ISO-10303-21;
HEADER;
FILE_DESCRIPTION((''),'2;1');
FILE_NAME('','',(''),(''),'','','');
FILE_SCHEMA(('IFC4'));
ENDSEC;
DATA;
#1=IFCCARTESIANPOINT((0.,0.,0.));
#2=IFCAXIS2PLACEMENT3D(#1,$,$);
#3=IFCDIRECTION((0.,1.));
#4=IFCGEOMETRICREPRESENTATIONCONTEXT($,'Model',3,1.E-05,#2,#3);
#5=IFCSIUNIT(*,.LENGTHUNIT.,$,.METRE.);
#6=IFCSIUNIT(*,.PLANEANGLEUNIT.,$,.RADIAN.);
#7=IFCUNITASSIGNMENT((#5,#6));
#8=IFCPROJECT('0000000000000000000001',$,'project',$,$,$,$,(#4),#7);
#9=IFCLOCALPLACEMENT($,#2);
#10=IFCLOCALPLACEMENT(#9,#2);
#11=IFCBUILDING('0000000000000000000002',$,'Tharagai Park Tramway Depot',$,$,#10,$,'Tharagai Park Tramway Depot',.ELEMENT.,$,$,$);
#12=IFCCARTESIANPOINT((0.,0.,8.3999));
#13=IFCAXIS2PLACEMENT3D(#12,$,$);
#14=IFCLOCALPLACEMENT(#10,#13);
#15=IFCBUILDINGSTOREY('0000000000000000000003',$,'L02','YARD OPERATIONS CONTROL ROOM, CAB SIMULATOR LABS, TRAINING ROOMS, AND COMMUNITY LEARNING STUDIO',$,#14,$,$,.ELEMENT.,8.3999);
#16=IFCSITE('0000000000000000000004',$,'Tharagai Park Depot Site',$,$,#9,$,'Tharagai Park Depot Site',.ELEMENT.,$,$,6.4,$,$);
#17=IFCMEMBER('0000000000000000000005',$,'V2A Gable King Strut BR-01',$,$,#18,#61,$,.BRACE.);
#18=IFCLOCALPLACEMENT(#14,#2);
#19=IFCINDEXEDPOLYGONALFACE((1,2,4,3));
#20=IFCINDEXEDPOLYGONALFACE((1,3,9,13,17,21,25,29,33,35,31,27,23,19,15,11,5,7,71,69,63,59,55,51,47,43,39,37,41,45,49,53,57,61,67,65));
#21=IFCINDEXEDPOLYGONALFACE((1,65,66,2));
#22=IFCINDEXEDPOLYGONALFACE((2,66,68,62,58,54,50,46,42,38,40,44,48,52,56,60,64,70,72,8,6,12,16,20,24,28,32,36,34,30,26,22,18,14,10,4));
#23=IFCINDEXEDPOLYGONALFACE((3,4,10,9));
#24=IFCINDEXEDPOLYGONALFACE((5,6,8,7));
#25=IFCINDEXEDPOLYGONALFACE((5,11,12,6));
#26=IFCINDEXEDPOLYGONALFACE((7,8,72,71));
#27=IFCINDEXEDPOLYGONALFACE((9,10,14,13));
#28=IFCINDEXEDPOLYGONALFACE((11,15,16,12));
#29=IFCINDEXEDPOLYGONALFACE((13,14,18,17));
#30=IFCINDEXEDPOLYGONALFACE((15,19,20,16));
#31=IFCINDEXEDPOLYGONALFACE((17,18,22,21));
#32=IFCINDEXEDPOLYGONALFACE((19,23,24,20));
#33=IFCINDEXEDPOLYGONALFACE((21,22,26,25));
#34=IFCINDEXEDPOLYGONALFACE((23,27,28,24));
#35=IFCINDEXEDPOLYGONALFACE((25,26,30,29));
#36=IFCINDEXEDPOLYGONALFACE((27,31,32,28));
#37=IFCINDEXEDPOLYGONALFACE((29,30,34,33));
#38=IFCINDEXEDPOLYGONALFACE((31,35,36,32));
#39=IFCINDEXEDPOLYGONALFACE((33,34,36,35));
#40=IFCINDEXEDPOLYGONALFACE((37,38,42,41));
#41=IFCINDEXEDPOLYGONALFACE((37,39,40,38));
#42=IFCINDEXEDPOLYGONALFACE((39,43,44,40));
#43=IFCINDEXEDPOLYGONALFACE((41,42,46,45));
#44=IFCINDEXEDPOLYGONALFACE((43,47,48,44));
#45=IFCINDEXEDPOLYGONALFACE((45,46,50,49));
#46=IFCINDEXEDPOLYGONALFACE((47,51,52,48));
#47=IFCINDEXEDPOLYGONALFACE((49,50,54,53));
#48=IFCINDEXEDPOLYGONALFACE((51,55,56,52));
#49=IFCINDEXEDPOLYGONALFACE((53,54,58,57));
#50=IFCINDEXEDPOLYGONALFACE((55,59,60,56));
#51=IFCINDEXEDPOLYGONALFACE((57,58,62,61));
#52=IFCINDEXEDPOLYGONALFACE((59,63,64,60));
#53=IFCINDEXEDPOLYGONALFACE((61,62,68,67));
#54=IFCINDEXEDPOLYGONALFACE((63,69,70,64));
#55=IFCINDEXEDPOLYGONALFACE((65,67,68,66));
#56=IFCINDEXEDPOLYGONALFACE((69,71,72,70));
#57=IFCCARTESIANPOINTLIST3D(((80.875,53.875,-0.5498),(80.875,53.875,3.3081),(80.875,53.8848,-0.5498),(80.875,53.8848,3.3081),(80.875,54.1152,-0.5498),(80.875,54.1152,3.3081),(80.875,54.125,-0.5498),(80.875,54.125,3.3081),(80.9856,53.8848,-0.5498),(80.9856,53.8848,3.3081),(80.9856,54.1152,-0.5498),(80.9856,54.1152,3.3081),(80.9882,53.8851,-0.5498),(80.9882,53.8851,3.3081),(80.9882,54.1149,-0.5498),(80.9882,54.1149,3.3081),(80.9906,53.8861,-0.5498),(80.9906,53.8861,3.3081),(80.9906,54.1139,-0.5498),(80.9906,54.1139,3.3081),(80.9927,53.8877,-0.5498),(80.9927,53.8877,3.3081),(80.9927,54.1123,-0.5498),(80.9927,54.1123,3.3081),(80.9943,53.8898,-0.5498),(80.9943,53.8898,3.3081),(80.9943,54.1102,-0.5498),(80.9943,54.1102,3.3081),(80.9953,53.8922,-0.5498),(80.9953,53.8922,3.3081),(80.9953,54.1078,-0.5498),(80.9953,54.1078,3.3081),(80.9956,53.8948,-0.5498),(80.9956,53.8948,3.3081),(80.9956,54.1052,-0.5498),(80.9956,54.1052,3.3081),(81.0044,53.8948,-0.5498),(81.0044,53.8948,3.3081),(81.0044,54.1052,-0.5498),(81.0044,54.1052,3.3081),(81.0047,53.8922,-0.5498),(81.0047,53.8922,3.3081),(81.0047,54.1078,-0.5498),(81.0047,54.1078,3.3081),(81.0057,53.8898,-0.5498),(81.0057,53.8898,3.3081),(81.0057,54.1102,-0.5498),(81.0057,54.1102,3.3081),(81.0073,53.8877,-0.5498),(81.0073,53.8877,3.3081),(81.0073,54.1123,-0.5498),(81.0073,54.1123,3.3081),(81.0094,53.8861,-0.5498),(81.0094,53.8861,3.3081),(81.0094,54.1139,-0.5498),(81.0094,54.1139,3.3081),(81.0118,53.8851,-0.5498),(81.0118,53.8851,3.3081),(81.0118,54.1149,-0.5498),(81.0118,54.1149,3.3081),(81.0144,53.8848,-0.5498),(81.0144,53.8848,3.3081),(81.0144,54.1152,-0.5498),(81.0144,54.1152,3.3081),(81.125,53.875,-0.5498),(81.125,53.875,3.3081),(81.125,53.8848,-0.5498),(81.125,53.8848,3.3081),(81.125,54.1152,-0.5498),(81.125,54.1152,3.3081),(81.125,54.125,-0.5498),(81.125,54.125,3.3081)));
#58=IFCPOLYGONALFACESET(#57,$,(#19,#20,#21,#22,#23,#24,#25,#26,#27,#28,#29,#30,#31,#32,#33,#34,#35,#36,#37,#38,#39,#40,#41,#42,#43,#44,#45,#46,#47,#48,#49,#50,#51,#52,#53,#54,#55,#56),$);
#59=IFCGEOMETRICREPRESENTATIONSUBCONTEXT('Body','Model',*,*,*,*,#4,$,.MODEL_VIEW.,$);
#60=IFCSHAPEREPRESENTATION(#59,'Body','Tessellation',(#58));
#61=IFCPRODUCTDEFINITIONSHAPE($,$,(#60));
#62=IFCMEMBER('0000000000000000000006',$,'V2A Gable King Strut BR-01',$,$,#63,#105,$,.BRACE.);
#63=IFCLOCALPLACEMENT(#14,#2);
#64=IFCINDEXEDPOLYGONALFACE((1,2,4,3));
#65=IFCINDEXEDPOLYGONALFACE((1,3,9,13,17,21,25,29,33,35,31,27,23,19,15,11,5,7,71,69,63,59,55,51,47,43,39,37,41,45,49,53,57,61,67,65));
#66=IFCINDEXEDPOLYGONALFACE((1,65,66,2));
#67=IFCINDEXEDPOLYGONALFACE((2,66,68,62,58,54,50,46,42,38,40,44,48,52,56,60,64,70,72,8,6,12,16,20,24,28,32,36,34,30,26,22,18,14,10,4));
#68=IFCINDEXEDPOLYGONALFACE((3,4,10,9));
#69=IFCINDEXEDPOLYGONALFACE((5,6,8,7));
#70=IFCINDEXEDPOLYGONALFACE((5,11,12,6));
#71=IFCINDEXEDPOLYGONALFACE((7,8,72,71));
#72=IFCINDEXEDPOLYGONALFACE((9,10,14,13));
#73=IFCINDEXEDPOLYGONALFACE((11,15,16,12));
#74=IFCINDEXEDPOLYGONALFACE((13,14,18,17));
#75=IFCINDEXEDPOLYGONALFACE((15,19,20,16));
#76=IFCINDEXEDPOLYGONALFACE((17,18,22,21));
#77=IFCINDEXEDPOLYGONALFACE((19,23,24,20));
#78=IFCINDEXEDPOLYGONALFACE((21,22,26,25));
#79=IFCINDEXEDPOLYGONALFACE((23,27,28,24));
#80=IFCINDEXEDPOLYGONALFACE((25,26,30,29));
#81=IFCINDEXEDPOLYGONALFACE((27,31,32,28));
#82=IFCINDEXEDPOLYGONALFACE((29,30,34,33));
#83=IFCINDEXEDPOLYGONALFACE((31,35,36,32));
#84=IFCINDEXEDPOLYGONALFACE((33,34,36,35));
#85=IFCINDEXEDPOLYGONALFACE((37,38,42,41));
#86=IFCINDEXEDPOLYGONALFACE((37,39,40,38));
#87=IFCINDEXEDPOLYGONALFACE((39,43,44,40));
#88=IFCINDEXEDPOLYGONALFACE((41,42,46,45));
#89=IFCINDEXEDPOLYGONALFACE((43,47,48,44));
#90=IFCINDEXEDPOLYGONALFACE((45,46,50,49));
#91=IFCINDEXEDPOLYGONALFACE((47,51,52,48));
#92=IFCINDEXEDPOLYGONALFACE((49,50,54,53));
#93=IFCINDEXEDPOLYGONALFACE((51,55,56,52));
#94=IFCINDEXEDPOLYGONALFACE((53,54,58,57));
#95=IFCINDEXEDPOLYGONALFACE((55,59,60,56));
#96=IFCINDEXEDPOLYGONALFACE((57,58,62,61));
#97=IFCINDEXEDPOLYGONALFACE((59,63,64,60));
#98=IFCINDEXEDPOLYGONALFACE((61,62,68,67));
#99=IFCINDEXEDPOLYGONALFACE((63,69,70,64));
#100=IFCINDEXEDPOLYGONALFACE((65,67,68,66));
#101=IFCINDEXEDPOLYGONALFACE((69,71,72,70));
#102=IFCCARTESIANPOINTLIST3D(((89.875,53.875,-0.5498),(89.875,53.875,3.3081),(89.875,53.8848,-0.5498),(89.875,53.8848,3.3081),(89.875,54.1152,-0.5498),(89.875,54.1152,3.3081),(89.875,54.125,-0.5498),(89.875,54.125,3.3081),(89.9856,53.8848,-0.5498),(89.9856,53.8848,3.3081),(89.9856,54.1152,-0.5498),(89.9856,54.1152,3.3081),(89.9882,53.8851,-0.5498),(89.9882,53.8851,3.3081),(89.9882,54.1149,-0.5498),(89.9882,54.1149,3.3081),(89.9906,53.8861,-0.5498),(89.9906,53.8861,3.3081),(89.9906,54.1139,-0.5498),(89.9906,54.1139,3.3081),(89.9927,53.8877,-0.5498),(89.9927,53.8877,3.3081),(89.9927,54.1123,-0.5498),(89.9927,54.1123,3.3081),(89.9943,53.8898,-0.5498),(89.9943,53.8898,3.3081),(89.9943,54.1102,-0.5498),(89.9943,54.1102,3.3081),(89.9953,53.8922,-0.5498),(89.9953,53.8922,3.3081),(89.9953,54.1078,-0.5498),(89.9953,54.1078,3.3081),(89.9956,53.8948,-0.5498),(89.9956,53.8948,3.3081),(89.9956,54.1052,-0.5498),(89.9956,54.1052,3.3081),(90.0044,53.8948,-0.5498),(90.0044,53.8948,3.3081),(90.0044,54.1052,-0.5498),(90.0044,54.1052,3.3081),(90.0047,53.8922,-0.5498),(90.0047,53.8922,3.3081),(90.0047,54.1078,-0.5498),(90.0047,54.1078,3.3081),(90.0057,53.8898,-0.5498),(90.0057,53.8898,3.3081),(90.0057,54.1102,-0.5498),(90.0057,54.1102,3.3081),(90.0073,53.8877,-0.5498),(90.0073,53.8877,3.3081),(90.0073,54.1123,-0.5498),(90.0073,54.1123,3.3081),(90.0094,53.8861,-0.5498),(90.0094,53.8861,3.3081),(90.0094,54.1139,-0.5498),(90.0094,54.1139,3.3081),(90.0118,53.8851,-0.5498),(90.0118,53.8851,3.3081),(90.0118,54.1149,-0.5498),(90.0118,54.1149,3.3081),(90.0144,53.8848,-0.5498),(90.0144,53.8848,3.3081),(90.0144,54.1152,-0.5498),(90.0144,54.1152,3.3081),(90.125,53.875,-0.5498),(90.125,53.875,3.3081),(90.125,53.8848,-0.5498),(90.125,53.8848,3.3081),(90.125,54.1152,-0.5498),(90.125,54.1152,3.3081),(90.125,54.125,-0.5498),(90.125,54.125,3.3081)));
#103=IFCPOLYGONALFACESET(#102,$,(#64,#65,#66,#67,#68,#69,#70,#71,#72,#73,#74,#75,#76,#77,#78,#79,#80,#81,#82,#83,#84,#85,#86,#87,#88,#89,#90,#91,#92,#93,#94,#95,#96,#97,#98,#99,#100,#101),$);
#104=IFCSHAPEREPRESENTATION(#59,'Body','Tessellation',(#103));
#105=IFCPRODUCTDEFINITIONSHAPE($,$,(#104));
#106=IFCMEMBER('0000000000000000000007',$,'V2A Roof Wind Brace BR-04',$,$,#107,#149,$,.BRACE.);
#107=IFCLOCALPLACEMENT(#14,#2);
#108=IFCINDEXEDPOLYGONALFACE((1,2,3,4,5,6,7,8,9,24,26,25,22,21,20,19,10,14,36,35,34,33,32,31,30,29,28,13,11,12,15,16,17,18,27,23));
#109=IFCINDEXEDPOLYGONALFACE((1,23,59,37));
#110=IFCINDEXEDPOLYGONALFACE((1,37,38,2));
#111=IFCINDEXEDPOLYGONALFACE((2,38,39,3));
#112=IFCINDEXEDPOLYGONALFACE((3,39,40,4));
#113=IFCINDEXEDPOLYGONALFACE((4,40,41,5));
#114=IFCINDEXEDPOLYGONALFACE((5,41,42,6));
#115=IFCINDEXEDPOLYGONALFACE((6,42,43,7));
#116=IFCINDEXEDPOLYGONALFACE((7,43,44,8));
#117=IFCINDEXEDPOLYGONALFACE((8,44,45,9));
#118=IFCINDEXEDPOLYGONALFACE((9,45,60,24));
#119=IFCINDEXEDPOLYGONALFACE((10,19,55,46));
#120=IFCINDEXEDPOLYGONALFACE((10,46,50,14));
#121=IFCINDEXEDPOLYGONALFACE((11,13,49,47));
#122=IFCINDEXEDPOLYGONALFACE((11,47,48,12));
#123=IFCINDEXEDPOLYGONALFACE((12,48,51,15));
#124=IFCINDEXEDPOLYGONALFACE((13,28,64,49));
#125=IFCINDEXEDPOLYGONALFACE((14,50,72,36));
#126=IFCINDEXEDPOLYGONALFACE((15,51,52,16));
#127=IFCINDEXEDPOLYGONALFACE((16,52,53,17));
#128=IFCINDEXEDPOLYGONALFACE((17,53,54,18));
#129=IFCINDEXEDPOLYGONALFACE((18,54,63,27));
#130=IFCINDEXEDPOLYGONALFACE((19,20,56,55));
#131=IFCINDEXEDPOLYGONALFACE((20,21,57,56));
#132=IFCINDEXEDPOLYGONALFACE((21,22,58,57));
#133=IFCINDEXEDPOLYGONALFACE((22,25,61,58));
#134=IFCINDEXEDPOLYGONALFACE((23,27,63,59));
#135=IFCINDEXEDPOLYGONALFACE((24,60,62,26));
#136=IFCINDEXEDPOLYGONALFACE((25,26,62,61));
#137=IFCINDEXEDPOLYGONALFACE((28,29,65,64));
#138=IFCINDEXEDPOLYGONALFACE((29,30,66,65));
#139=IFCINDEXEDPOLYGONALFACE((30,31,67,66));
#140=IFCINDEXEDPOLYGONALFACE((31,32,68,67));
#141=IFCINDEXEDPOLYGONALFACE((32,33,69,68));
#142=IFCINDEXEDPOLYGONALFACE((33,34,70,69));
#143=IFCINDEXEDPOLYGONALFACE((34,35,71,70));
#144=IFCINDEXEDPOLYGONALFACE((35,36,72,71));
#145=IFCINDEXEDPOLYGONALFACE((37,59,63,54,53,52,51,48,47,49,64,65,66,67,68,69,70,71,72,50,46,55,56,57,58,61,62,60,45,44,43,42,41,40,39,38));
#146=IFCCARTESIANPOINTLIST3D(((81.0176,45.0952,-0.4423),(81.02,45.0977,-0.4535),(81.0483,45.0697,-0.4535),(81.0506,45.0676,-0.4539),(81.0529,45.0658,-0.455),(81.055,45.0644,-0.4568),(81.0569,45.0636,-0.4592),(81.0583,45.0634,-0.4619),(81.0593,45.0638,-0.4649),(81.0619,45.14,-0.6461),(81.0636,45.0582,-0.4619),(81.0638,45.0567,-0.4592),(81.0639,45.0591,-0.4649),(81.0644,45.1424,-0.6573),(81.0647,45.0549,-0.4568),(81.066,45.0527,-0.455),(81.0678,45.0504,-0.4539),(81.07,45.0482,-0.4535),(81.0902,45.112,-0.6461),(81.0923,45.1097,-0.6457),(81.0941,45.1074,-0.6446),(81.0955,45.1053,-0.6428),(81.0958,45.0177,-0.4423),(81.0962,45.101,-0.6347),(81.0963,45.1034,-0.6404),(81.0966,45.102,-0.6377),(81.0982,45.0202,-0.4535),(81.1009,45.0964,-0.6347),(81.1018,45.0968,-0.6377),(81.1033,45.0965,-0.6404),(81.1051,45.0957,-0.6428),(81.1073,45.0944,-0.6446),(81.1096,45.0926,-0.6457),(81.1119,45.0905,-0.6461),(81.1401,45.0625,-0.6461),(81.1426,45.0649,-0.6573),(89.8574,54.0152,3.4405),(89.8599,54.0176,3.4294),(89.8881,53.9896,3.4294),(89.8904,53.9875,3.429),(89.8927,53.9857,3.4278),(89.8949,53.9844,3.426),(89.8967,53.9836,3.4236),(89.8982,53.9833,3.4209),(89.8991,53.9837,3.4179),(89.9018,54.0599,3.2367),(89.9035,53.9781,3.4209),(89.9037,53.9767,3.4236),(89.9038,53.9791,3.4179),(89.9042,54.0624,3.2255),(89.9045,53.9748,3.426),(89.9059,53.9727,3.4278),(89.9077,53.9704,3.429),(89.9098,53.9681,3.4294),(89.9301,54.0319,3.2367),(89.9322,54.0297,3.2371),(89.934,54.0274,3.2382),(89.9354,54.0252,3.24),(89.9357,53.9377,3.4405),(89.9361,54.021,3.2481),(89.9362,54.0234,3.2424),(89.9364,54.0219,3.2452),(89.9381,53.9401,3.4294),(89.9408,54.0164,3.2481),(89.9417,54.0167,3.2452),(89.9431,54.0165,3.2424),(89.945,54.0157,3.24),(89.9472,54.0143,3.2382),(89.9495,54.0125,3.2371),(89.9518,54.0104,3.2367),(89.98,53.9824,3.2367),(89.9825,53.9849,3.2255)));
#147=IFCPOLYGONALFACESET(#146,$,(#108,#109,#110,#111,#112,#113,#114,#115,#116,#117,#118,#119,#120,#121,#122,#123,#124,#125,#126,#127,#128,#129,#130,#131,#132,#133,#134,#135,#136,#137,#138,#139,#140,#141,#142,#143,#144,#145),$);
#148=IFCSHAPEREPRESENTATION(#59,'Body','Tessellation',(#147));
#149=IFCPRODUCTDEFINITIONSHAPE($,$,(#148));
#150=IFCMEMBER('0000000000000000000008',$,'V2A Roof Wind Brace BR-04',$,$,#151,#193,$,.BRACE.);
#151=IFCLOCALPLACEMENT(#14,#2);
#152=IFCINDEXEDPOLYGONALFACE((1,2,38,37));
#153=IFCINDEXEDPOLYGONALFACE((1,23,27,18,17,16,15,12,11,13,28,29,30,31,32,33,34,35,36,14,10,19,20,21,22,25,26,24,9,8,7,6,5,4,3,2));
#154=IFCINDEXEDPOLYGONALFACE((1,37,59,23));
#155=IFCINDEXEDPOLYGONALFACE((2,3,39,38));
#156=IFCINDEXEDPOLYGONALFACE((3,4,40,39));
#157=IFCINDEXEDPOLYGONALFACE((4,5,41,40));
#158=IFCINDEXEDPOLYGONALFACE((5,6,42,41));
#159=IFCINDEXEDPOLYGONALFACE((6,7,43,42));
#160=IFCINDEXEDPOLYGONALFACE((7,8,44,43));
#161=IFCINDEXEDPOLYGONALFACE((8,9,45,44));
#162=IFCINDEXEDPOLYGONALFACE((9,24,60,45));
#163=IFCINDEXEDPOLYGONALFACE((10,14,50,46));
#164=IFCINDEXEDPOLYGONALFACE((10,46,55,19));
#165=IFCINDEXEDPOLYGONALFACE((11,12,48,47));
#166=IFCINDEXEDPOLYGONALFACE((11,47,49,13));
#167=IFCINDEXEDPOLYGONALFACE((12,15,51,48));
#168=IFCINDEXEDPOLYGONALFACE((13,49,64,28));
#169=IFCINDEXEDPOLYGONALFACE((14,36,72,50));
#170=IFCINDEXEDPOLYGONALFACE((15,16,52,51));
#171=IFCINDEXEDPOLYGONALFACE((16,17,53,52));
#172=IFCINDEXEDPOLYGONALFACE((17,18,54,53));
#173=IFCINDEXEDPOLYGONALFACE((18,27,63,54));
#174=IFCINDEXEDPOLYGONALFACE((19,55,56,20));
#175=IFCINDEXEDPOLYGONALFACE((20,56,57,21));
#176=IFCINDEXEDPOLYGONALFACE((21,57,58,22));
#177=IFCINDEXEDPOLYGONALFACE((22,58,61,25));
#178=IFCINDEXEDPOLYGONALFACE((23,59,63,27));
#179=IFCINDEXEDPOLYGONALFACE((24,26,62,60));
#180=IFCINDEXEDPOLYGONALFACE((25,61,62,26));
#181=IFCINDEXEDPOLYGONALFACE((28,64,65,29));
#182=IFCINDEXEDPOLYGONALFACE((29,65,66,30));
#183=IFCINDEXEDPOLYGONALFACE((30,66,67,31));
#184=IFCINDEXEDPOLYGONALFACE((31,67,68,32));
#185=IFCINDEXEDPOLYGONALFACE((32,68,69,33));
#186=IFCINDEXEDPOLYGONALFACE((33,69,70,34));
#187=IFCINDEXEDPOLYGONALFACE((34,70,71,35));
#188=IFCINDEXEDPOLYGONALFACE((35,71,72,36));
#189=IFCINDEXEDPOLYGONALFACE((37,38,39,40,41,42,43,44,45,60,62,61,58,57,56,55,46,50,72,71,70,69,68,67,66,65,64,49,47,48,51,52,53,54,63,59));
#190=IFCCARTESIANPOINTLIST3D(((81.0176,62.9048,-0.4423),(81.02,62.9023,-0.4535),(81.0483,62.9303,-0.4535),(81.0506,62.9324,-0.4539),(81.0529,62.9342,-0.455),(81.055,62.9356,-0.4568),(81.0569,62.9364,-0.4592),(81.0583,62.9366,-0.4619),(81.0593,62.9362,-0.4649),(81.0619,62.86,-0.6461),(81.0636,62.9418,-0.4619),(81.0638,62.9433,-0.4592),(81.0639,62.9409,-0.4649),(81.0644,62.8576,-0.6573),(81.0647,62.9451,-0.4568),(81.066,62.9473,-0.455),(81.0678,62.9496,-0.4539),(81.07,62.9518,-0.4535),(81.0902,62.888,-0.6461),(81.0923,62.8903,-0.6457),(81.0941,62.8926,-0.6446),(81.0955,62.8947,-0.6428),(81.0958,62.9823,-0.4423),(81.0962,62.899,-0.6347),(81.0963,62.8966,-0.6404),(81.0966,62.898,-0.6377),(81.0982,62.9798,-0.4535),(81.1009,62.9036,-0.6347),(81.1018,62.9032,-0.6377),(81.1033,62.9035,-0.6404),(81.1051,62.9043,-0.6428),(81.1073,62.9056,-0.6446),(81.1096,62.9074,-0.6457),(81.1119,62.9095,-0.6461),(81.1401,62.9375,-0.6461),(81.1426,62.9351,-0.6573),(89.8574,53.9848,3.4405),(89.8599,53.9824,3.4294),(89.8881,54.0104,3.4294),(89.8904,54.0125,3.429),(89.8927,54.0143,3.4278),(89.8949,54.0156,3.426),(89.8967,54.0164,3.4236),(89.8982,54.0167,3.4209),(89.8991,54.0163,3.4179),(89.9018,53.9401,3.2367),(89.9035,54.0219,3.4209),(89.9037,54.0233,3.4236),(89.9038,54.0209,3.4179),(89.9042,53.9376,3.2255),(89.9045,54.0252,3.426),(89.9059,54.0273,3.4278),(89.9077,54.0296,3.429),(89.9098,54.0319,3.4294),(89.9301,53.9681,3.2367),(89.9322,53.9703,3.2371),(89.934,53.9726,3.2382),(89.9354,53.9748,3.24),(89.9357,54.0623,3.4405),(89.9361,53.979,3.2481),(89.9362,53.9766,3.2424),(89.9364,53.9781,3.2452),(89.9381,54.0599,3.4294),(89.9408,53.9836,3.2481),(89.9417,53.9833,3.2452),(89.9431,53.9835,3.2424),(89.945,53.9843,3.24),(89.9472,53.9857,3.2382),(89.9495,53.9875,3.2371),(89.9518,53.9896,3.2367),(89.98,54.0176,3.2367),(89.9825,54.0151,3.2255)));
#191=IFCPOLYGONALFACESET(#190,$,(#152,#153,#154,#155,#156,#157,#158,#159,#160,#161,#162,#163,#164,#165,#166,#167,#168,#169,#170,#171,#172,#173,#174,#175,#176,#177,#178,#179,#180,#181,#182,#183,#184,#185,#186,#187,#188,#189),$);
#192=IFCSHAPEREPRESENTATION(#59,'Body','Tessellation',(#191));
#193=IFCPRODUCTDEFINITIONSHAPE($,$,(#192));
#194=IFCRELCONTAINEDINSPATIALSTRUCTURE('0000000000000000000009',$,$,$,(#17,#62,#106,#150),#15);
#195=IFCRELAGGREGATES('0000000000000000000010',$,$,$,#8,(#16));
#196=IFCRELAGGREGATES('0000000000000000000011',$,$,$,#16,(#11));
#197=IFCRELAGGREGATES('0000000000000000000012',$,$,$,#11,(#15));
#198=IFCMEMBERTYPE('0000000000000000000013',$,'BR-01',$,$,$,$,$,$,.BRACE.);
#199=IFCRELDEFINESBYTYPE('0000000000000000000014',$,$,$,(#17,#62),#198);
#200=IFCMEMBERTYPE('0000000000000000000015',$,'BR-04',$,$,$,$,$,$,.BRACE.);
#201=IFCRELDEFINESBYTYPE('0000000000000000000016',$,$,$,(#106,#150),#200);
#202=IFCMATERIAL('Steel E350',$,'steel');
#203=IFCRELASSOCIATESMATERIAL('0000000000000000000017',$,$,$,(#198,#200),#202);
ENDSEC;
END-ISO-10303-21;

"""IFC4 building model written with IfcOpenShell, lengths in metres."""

from ifc_helpers import new_model, si_unit, direction, frame, origin, origin_2d, place, context, subcontext, project, spatial, i_section, extrude, material, material_profile, profile_set, type_object, element, save


model = new_model("IFC4")

# Units and contexts
model_context = context("Model", 3, precision=1e-05, world=origin(), true_north=direction((0.0, 1.0)))
body_context = subcontext(model_context, "Body", "Model", "MODEL_VIEW")
ifc_project = project(units=[si_unit("LENGTHUNIT", "METRE"), si_unit("PLANEANGLEUNIT", "RADIAN")], contexts=[model_context])

# Site, building, storey
site_placement = place(None, origin())
site = spatial("IfcSite", under=ifc_project, at=site_placement, Name="Tharagai Park Depot Site", LongName="Tharagai Park Depot Site", CompositionType="ELEMENT", RefElevation=6.4)
building_placement = place(site_placement, origin())
building = spatial("IfcBuilding", under=site, at=building_placement, Name="Tharagai Park Tramway Depot", LongName="Tharagai Park Tramway Depot", CompositionType="ELEMENT")
storey_placement = place(building_placement, frame((0.0, 0.0, 8.3999)))
storey = spatial("IfcBuildingStorey", under=building, at=storey_placement, Name="L02", Description="YARD OPERATIONS CONTROL ROOM, CAB SIMULATOR LABS, TRAINING ROOMS, AND COMMUNITY LEARNING STUDIO", CompositionType="ELEMENT", Elevation=8.3999)

# Shared definitions
ifc_material_1 = material(Name="Steel E350", Category="steel")

# Members
ifc_material_profile_1 = material_profile(ifc_material_1, i_section(OverallWidth=0.25, OverallDepth=0.25, WebThickness=0.0088, FlangeThickness=0.0098, FilletRadius=0.01, at=origin_2d()), Name="ISHB 250")
ifc_profile_set_1 = profile_set([ifc_material_profile_1], Name="Steel E350")
member_type_1 = type_object("IfcMemberType", Name="BR-01", PredefinedType="BRACE", material=ifc_profile_set_1)
for number, where, z_axis, x_axis, name in (
    (1, (81.0, 54.0, -0.5498), (0.0, 0.0, 1.0), (1.0, 0.0, 0.0), "V2A Gable King Strut BR-01"),
    (2, (90.0, 54.0, -0.5498), (0.0, 0.0, 1.0), (1.0, 0.0, 0.0), "V2A Gable King Strut BR-01"),
):
    element("IfcMember", number, at=place(storey_placement, frame(where, z_axis=z_axis, x_axis=x_axis)), inside=storey, type_object=member_type_1, Name=name, PredefinedType="BRACE", context=body_context, shape_type="SweptSolid", body=[
        extrude(i_section(OverallWidth=0.25, OverallDepth=0.25, WebThickness=0.0088, FlangeThickness=0.0098, FilletRadius=0.01, at=origin_2d()), origin(), (0.0, 0.0, 1.0), 3.8579),
    ])
ifc_material_profile_2 = material_profile(ifc_material_1, i_section(OverallWidth=0.1101, OverallDepth=0.2251, WebThickness=0.0066, FlangeThickness=0.0117, FilletRadius=0.012, at=origin_2d()), Name="ISMB 225")
ifc_profile_set_2 = profile_set([ifc_material_profile_2], Name="Steel E350")
member_type_2 = type_object("IfcMemberType", Name="BR-04", PredefinedType="BRACE", material=ifc_profile_set_2)
for number, where, z_axis, x_axis, name in (
    (3, (81.0801, 45.0801, -0.5498), (0.672501, 0.678593, 0.295389), (-0.710288, 0.703911, 0.0), "V2A Roof Wind Brace BR-04"),
    (4, (81.0801, 62.9199, -0.5498), (0.672501, -0.678593, 0.295389), (0.710288, 0.703911, 0.0), "V2A Roof Wind Brace BR-04"),
):
    element("IfcMember", number, at=place(storey_placement, frame(where, z_axis=z_axis, x_axis=x_axis)), inside=storey, type_object=member_type_2, Name=name, PredefinedType="BRACE", context=body_context, shape_type="SweptSolid", body=[
        extrude(i_section(OverallWidth=0.1101, OverallDepth=0.2251, WebThickness=0.0066, FlangeThickness=0.0117, FilletRadius=0.012, at=origin_2d()), origin(), (0.0, 0.0, 1.0), 13.1448),
    ])

save(model, "model.ifc")
